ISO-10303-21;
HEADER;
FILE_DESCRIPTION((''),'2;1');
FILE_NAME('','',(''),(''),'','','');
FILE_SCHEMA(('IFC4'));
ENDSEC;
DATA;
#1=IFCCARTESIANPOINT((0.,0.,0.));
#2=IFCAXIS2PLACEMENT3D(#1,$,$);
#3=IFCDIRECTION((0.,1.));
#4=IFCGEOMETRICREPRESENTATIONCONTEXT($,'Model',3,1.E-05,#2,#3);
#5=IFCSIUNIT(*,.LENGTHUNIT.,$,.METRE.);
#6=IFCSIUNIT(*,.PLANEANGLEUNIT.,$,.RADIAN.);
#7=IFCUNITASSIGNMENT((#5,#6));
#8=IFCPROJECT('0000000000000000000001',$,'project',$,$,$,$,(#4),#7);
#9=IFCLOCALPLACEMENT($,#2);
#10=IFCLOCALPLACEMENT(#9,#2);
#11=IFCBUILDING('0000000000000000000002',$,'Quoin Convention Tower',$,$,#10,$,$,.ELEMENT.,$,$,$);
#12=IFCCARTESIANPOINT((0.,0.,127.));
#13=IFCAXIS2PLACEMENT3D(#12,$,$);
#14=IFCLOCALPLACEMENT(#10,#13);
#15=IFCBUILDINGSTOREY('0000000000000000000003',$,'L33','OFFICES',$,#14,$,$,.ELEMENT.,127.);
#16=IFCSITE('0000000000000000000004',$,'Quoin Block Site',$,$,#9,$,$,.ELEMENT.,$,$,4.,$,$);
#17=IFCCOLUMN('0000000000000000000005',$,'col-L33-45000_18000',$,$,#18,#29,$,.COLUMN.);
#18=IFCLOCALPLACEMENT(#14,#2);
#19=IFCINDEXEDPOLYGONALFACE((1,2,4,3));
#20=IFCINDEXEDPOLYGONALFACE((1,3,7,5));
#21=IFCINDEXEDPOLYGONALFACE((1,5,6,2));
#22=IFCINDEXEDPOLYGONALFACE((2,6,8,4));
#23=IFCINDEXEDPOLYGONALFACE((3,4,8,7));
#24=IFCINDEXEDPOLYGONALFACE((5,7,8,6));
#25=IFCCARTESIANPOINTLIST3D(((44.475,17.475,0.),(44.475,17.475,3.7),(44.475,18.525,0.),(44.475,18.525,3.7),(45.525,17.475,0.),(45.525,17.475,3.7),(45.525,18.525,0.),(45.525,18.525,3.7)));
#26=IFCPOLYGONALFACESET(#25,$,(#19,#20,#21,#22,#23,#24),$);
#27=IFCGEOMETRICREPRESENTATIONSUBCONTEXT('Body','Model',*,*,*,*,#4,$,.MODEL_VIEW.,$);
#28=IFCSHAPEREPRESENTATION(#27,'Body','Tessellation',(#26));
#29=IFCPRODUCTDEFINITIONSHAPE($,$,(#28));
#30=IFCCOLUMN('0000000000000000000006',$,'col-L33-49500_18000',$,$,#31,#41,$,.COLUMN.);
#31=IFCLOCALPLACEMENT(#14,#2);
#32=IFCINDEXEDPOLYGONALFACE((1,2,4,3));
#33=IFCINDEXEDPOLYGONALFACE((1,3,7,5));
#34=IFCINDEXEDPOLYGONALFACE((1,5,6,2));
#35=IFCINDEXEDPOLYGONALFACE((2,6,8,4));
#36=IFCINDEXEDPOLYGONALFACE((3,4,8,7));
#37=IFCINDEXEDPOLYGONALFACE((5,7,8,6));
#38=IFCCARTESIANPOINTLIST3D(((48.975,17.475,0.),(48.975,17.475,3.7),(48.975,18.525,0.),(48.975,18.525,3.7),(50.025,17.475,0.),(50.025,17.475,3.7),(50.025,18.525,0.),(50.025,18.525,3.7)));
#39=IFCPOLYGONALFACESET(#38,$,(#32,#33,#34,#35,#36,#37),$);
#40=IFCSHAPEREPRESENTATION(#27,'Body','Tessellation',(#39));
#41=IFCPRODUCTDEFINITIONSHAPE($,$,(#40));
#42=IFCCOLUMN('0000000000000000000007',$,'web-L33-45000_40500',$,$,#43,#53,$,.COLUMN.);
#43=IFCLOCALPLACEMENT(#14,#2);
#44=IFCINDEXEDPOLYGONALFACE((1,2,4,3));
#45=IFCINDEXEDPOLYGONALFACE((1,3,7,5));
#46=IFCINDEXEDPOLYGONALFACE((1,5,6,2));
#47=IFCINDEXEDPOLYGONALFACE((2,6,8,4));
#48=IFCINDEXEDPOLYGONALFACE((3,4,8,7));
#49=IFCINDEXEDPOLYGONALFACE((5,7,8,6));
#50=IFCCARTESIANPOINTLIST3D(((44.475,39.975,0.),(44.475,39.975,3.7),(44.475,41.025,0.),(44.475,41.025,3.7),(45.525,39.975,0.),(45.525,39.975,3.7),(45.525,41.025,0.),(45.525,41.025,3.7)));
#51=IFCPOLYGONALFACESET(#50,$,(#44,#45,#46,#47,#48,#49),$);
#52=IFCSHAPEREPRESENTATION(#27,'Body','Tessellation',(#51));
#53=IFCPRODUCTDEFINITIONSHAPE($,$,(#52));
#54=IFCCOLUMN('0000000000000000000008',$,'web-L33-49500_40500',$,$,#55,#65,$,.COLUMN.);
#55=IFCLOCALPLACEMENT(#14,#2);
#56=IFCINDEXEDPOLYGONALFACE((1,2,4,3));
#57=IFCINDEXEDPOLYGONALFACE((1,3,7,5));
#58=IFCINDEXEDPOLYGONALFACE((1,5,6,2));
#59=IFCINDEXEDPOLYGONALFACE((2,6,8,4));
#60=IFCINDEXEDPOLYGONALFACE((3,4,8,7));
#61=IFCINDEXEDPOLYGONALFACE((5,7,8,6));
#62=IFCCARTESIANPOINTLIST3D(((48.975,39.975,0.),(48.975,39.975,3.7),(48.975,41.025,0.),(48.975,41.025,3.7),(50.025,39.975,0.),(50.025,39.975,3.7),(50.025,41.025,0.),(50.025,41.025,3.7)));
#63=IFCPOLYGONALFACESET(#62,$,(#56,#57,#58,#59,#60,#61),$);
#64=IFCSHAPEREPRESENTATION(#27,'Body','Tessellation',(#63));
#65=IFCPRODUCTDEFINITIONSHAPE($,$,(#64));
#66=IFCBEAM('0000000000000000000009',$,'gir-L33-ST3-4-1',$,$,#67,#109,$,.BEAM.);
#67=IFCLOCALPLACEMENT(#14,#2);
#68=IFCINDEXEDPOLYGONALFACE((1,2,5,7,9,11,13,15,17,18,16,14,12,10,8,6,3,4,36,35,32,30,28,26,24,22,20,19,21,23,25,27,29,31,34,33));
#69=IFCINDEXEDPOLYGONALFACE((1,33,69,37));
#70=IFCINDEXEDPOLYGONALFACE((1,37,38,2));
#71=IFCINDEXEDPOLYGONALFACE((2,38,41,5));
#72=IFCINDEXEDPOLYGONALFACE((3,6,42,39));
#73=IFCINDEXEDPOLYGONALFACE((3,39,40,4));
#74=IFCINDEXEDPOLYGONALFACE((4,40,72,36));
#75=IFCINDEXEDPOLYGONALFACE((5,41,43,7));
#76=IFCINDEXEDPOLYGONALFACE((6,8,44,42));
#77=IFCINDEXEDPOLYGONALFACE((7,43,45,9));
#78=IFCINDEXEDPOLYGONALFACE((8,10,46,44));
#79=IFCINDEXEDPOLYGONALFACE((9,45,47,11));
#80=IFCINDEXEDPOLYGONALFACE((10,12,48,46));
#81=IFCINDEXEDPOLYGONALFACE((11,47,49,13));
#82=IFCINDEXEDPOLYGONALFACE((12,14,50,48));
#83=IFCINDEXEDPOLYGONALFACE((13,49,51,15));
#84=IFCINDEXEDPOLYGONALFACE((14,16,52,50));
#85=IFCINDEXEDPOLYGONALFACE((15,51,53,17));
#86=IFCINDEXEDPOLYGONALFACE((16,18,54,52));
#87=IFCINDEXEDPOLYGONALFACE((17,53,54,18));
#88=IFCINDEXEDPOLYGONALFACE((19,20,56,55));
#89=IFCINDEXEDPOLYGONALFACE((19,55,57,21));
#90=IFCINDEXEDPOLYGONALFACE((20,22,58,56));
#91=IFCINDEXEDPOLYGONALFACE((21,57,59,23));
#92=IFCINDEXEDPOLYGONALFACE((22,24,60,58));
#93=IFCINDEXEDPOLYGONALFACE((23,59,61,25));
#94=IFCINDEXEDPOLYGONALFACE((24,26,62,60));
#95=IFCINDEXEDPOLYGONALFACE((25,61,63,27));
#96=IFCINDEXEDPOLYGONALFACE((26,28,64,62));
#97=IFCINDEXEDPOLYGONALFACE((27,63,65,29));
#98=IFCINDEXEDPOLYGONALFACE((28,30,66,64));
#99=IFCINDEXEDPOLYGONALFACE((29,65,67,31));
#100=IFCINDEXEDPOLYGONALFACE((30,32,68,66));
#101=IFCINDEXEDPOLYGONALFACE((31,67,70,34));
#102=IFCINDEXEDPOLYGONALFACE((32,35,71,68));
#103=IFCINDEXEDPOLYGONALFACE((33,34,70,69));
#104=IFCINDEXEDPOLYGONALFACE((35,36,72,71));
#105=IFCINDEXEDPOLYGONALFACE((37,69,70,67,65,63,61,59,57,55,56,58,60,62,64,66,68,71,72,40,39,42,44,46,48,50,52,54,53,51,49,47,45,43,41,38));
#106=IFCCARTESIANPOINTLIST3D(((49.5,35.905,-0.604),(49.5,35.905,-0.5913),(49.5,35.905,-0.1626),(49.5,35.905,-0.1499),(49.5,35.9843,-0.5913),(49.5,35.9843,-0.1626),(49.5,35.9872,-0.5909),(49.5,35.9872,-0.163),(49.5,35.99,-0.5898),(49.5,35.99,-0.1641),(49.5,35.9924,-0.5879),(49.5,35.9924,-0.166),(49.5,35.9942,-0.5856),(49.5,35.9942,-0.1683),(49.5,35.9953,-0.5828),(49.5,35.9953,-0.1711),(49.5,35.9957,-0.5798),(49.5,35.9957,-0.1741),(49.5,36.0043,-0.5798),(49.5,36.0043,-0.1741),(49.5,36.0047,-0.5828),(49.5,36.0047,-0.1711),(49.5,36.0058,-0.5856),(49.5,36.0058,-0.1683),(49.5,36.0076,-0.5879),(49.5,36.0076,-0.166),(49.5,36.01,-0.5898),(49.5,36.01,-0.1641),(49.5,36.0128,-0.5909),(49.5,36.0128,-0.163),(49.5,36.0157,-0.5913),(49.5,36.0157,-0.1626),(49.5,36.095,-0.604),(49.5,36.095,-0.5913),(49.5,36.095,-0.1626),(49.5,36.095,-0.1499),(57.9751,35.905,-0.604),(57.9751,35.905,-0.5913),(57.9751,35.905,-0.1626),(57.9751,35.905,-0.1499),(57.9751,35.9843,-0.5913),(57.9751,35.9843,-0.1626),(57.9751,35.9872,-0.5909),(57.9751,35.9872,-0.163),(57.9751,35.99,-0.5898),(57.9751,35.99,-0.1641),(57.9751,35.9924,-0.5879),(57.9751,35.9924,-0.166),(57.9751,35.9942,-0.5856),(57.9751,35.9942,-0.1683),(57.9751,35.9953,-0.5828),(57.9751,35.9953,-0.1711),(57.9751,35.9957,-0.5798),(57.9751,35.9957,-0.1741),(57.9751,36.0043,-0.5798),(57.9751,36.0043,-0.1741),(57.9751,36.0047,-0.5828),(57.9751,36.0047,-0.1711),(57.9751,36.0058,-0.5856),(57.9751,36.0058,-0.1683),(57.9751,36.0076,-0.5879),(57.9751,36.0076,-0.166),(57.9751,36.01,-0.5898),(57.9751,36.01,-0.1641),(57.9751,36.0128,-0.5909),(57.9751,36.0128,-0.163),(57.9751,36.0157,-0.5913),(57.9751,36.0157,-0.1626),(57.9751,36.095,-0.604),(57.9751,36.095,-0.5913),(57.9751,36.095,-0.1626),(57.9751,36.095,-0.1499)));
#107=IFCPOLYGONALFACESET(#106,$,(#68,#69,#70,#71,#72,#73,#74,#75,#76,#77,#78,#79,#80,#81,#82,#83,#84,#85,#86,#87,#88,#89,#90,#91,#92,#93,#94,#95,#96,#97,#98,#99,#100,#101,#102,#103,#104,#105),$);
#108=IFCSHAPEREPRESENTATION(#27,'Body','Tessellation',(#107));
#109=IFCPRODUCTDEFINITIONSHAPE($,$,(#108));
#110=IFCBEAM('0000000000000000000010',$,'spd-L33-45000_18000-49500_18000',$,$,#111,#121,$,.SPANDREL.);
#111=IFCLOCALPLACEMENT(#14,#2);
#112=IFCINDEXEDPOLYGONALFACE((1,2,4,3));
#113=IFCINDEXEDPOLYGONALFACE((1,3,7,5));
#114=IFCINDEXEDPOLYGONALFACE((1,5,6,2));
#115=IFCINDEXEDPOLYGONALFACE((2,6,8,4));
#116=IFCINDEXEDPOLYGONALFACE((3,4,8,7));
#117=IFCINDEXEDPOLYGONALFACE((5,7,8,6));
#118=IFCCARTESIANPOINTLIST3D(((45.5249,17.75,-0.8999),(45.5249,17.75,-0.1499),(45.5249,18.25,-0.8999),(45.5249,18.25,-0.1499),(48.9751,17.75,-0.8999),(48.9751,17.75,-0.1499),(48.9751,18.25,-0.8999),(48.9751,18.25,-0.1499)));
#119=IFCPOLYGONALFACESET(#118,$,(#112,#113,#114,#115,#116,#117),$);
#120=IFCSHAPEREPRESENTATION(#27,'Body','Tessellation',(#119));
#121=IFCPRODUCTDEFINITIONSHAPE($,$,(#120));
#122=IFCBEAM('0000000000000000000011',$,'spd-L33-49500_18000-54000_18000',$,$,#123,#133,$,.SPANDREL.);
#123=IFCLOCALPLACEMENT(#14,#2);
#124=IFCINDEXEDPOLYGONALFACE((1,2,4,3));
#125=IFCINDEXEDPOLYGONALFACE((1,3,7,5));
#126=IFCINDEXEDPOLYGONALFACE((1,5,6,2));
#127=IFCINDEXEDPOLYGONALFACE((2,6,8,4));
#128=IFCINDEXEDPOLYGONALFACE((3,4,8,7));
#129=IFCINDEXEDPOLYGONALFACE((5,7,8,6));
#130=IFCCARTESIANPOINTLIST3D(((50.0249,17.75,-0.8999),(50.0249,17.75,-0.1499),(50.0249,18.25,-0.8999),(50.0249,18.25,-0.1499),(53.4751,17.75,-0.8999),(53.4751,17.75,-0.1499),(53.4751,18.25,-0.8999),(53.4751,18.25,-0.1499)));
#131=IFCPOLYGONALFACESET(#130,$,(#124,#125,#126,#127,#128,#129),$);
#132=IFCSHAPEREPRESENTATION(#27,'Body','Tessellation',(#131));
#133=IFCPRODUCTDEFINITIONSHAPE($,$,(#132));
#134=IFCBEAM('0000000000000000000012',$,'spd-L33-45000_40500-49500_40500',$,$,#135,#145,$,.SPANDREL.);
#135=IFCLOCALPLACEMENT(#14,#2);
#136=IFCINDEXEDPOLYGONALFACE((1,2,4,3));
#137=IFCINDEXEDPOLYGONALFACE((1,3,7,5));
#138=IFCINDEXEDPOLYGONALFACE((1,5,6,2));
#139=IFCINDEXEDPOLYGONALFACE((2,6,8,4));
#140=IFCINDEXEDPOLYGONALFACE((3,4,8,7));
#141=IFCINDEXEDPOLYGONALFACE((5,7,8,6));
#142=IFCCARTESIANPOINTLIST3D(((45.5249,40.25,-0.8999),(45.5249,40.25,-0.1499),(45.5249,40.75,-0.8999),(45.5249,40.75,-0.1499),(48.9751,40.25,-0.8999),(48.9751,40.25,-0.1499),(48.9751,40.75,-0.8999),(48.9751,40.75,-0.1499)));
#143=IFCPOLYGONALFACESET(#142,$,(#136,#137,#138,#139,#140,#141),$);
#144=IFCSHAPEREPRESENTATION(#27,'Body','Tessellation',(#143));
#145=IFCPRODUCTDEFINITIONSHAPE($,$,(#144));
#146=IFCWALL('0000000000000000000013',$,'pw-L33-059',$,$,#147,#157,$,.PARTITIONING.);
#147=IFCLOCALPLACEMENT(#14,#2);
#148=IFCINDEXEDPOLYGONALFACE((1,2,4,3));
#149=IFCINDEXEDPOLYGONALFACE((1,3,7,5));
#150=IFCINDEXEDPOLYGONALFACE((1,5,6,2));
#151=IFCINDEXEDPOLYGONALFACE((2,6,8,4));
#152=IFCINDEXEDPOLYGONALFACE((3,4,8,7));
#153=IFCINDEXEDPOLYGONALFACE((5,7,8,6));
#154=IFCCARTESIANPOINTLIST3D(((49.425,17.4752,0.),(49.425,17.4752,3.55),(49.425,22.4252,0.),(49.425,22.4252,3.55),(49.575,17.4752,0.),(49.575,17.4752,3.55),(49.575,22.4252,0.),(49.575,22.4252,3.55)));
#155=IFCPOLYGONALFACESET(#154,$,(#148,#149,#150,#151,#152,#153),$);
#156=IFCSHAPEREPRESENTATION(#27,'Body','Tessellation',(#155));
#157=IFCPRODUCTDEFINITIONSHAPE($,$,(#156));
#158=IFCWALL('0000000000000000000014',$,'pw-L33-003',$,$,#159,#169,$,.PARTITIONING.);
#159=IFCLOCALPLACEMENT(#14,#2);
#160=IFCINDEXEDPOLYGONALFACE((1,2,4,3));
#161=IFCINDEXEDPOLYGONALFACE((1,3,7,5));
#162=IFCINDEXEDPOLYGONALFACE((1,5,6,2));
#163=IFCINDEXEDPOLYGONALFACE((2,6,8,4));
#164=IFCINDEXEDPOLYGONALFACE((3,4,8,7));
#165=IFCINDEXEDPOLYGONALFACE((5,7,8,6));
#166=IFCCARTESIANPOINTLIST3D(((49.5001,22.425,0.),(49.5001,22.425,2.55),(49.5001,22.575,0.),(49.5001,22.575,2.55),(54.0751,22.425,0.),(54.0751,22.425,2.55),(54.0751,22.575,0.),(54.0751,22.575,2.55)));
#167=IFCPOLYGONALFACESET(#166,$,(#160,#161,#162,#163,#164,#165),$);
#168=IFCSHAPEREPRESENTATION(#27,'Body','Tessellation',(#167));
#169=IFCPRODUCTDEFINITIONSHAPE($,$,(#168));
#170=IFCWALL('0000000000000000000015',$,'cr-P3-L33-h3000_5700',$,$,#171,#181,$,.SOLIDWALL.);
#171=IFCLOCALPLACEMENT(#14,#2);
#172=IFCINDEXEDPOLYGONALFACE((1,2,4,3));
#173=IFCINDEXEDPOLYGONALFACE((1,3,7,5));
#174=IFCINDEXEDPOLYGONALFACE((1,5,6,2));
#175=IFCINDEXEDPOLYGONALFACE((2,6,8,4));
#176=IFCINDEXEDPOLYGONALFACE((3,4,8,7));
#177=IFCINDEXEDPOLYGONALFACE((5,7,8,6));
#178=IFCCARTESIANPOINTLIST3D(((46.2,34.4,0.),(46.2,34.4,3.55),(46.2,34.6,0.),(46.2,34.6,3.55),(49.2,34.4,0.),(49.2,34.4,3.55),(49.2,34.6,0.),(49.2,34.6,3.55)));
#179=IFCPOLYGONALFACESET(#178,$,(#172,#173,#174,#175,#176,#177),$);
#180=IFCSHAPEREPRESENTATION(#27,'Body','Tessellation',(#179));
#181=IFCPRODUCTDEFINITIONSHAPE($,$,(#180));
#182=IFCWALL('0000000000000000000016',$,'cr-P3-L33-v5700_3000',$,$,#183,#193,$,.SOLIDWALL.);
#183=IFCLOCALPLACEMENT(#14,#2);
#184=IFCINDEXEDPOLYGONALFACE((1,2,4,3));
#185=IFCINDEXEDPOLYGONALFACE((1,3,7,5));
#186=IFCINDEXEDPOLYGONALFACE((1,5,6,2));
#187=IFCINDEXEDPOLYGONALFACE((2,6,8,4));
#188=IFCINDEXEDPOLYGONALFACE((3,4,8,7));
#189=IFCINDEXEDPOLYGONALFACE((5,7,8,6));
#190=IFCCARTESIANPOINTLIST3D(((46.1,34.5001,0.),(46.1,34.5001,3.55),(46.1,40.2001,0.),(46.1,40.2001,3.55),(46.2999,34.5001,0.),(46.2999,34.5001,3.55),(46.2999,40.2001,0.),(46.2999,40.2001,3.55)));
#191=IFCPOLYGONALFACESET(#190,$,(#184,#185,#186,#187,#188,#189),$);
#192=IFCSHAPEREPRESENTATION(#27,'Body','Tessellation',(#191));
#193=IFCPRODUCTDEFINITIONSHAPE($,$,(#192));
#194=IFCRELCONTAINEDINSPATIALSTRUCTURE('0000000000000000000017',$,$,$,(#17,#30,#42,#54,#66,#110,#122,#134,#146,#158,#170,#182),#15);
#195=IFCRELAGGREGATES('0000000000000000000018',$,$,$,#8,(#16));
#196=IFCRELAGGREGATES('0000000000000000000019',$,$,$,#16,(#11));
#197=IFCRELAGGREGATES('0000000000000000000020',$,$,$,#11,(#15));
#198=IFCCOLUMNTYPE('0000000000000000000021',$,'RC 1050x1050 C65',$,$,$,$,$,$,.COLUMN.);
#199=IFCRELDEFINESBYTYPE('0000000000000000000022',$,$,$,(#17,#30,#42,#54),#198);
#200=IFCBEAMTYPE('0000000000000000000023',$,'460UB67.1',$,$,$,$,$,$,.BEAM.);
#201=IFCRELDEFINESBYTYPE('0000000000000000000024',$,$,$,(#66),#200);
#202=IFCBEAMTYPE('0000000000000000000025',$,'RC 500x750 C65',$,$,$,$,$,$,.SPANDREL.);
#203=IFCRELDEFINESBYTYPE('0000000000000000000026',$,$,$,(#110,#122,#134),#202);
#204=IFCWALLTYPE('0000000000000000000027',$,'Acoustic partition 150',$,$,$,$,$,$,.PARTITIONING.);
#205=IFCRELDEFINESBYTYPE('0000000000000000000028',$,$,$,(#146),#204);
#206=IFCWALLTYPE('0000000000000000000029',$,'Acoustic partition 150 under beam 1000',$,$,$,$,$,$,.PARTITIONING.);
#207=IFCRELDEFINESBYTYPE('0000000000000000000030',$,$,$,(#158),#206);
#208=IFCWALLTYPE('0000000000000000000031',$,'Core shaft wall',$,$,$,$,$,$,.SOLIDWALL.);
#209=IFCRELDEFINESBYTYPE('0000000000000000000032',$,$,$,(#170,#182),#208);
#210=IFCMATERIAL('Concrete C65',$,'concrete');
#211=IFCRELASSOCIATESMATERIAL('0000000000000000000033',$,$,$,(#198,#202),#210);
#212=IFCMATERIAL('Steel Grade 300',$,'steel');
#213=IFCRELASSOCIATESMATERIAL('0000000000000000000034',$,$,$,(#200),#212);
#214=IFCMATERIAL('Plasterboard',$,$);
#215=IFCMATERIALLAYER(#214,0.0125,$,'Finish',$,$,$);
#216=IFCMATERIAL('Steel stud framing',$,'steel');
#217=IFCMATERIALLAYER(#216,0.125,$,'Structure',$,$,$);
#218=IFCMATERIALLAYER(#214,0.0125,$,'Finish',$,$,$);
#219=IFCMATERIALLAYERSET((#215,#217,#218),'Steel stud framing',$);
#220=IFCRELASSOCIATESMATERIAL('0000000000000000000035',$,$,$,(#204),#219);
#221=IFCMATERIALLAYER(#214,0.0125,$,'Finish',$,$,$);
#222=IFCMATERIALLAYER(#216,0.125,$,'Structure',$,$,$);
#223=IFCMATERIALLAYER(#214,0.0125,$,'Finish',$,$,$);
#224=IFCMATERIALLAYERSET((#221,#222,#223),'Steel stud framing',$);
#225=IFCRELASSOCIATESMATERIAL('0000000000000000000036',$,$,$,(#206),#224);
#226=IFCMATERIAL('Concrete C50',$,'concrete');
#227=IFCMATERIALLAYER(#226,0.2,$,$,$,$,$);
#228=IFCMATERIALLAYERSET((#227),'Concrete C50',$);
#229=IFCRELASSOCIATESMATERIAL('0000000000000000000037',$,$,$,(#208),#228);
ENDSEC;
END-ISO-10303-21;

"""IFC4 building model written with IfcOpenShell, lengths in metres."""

from ifc_helpers import new_model, si_unit, direction, frame, frame_2d, origin, origin_2d, place, context, subcontext, project, spatial, rectangle, i_section, extrude, material, layer, layer_set, material_profile, profile_set, type_object, element, save


model = new_model("IFC4")

# Units and contexts
model_context = context("Model", 3, precision=1e-05, world=origin(), true_north=direction((0.0, 1.0)))
body_context = subcontext(model_context, "Body", "Model", "MODEL_VIEW")
ifc_project = project(units=[si_unit("LENGTHUNIT", "METRE"), si_unit("PLANEANGLEUNIT", "RADIAN")], contexts=[model_context])

# Site, building, storey
site_placement = place(None, origin())
site = spatial("IfcSite", under=ifc_project, at=site_placement, Name="Quoin Block Site", CompositionType="ELEMENT", RefElevation=4.0)
building_placement = place(site_placement, origin())
building = spatial("IfcBuilding", under=site, at=building_placement, Name="Quoin Convention Tower", CompositionType="ELEMENT")
storey_placement = place(building_placement, frame((0.0, 0.0, 127.0)))
storey = spatial("IfcBuildingStorey", under=building, at=storey_placement, Name="L33", Description="OFFICES", CompositionType="ELEMENT", Elevation=127.0)

# Columns
ifc_material_1 = material(Name="Concrete C65", Category="concrete")
ifc_material_profile_1 = material_profile(ifc_material_1, rectangle(XDim=1.05, YDim=1.05, at=origin_2d()), Name="RC 1050x1050")
ifc_profile_set_1 = profile_set([ifc_material_profile_1], Name="Concrete C65")
column_type = type_object("IfcColumnType", Name="RC 1050x1050 C65", PredefinedType="COLUMN", material=ifc_profile_set_1)
for number, where, z_axis, x_axis, name in (
    (1, (45.0, 18.0, 0.0), (0.0, 0.0, 1.0), (1.0, 0.0, 0.0), "col-L33-45000_18000"),
    (2, (49.5, 18.0, 0.0), (0.0, 0.0, 1.0), (1.0, 0.0, 0.0), "col-L33-49500_18000"),
    (3, (45.0, 40.5, 0.0), (0.0, 0.0, 1.0), (1.0, 0.0, 0.0), "web-L33-45000_40500"),
    (4, (49.5, 40.5, 0.0), (0.0, 0.0, 1.0), (1.0, 0.0, 0.0), "web-L33-49500_40500"),
):
    element("IfcColumn", number, at=place(storey_placement, frame(where, z_axis=z_axis, x_axis=x_axis)), inside=storey, type_object=column_type, Name=name, PredefinedType="COLUMN", context=body_context, shape_type="SweptSolid", body=[
        extrude(rectangle(XDim=1.05, YDim=1.05, at=origin_2d()), origin(), (0.0, 0.0, 1.0), 3.7),
    ])

# Beams
ifc_material_2 = material(Name="Steel Grade 300", Category="steel")
ifc_material_profile_2 = material_profile(ifc_material_2, i_section(OverallWidth=0.1899, OverallDepth=0.4541, WebThickness=0.0085, FlangeThickness=0.0127, FilletRadius=0.0115, at=origin_2d()), Name="460UB67.1")
ifc_profile_set_2 = profile_set([ifc_material_profile_2], Name="Steel Grade 300")
beam_type_1 = type_object("IfcBeamType", Name="460UB67.1", PredefinedType="BEAM", material=ifc_profile_set_2)
beam_placement = place(storey_placement, frame((49.5, 36.0, -0.377), z_axis=(1.0, 0.0, 0.0), x_axis=(0.0, 1.0, 0.0)))
element("IfcBeam", 5, at=beam_placement, inside=storey, type_object=beam_type_1, Name="gir-L33-ST3-4-1", PredefinedType="BEAM", context=body_context, shape_type="SweptSolid", body=[
    extrude(i_section(OverallWidth=0.1899, OverallDepth=0.4541, WebThickness=0.0085, FlangeThickness=0.0127, FilletRadius=0.0115, at=origin_2d()), origin(), (0.0, 0.0, 1.0), 8.4751),
])
ifc_material_profile_3 = material_profile(ifc_material_1, rectangle(XDim=0.5, YDim=0.75, at=origin_2d()), Name="RC 500x750")
ifc_profile_set_3 = profile_set([ifc_material_profile_3], Name="Concrete C65")
beam_type_2 = type_object("IfcBeamType", Name="RC 500x750 C65", PredefinedType="SPANDREL", material=ifc_profile_set_3)
for number, where, z_axis, x_axis, name in (
    (6, (45.5249, 18.0, -0.5249), (1.0, 0.0, 0.0), (0.0, 1.0, 0.0), "spd-L33-45000_18000-49500_18000"),
    (7, (50.0249, 18.0, -0.5249), (1.0, 0.0, 0.0), (0.0, 1.0, 0.0), "spd-L33-49500_18000-54000_18000"),
    (8, (45.5249, 40.5, -0.5249), (1.0, 0.0, 0.0), (0.0, 1.0, 0.0), "spd-L33-45000_40500-49500_40500"),
):
    element("IfcBeam", number, at=place(storey_placement, frame(where, z_axis=z_axis, x_axis=x_axis)), inside=storey, type_object=beam_type_2, Name=name, PredefinedType="SPANDREL", context=body_context, shape_type="SweptSolid", body=[
        extrude(rectangle(XDim=0.5, YDim=0.75, at=origin_2d()), origin(), (0.0, 0.0, 1.0), 3.4502),
    ])

# Walls
ifc_material_3 = material(Name="Plasterboard")
ifc_layer_1 = layer(ifc_material_3, 0.0125, Name="Finish")
ifc_material_4 = material(Name="Steel stud framing", Category="steel")
ifc_layer_2 = layer(ifc_material_4, 0.125, Name="Structure")
ifc_layer_3 = layer(ifc_material_3, 0.0125, Name="Finish")
ifc_layer_set_1 = layer_set([ifc_layer_1, ifc_layer_2, ifc_layer_3], Name="Steel stud framing")
wall_type_1 = type_object("IfcWallType", Name="Acoustic partition 150", PredefinedType="PARTITIONING", material=ifc_layer_set_1)
wall_1_placement = place(storey_placement, frame((49.5, 17.4751, 0.0), z_axis=(0.0, 0.0, 1.0), x_axis=(0.0, 1.0, 0.0)))
element("IfcWall", 9, at=wall_1_placement, inside=storey, type_object=wall_type_1, Name="pw-L33-059", PredefinedType="PARTITIONING", context=body_context, shape_type="SweptSolid", body=[
    extrude(rectangle(XDim=4.95, YDim=0.1499, at=frame_2d((2.4751, 0.0))), origin(), (0.0, 0.0, 1.0), 3.55),
])
ifc_layer_4 = layer(ifc_material_3, 0.0125, Name="Finish")
ifc_layer_5 = layer(ifc_material_4, 0.125, Name="Structure")
ifc_layer_6 = layer(ifc_material_3, 0.0125, Name="Finish")
ifc_layer_set_2 = layer_set([ifc_layer_4, ifc_layer_5, ifc_layer_6], Name="Steel stud framing")
wall_type_2 = type_object("IfcWallType", Name="Acoustic partition 150 under beam 1000", PredefinedType="PARTITIONING", material=ifc_layer_set_2)
wall_2_placement = place(storey_placement, frame((49.5, 22.5, 0.0), z_axis=(0.0, 0.0, 1.0), x_axis=(1.0, 0.0, 0.0)))
element("IfcWall", 10, at=wall_2_placement, inside=storey, type_object=wall_type_2, Name="pw-L33-003", PredefinedType="PARTITIONING", context=body_context, shape_type="SweptSolid", body=[
    extrude(rectangle(XDim=4.575, YDim=0.1499, at=frame_2d((2.2876, 0.0))), origin(), (0.0, 0.0, 1.0), 2.55),
])
ifc_material_5 = material(Name="Concrete C50", Category="concrete")
ifc_layer_7 = layer(ifc_material_5, 0.2)
ifc_layer_set_3 = layer_set([ifc_layer_7], Name="Concrete C50")
wall_type_3 = type_object("IfcWallType", Name="Core shaft wall", PredefinedType="SOLIDWALL", material=ifc_layer_set_3)
wall_3_placement = place(storey_placement, frame((46.2, 34.5, 0.0), z_axis=(0.0, 0.0, 1.0), x_axis=(1.0, 0.0, 0.0)))
element("IfcWall", 11, at=wall_3_placement, inside=storey, type_object=wall_type_3, Name="cr-P3-L33-h3000_5700", PredefinedType="SOLIDWALL", context=body_context, shape_type="SweptSolid", body=[
    extrude(rectangle(XDim=3.0, YDim=0.2, at=frame_2d((1.5, 0.0))), origin(), (0.0, 0.0, 1.0), 3.55),
])
wall_4_placement = place(storey_placement, frame((46.2, 34.5, 0.0), z_axis=(0.0, 0.0, 1.0), x_axis=(0.0, 1.0, 0.0)))
element("IfcWall", 12, at=wall_4_placement, inside=storey, type_object=wall_type_3, Name="cr-P3-L33-v5700_3000", PredefinedType="SOLIDWALL", context=body_context, shape_type="SweptSolid", body=[
    extrude(rectangle(XDim=5.7, YDim=0.2, at=frame_2d((2.8501, 0.0))), origin(), (0.0, 0.0, 1.0), 3.55),
])

save(model, "model.ifc")
